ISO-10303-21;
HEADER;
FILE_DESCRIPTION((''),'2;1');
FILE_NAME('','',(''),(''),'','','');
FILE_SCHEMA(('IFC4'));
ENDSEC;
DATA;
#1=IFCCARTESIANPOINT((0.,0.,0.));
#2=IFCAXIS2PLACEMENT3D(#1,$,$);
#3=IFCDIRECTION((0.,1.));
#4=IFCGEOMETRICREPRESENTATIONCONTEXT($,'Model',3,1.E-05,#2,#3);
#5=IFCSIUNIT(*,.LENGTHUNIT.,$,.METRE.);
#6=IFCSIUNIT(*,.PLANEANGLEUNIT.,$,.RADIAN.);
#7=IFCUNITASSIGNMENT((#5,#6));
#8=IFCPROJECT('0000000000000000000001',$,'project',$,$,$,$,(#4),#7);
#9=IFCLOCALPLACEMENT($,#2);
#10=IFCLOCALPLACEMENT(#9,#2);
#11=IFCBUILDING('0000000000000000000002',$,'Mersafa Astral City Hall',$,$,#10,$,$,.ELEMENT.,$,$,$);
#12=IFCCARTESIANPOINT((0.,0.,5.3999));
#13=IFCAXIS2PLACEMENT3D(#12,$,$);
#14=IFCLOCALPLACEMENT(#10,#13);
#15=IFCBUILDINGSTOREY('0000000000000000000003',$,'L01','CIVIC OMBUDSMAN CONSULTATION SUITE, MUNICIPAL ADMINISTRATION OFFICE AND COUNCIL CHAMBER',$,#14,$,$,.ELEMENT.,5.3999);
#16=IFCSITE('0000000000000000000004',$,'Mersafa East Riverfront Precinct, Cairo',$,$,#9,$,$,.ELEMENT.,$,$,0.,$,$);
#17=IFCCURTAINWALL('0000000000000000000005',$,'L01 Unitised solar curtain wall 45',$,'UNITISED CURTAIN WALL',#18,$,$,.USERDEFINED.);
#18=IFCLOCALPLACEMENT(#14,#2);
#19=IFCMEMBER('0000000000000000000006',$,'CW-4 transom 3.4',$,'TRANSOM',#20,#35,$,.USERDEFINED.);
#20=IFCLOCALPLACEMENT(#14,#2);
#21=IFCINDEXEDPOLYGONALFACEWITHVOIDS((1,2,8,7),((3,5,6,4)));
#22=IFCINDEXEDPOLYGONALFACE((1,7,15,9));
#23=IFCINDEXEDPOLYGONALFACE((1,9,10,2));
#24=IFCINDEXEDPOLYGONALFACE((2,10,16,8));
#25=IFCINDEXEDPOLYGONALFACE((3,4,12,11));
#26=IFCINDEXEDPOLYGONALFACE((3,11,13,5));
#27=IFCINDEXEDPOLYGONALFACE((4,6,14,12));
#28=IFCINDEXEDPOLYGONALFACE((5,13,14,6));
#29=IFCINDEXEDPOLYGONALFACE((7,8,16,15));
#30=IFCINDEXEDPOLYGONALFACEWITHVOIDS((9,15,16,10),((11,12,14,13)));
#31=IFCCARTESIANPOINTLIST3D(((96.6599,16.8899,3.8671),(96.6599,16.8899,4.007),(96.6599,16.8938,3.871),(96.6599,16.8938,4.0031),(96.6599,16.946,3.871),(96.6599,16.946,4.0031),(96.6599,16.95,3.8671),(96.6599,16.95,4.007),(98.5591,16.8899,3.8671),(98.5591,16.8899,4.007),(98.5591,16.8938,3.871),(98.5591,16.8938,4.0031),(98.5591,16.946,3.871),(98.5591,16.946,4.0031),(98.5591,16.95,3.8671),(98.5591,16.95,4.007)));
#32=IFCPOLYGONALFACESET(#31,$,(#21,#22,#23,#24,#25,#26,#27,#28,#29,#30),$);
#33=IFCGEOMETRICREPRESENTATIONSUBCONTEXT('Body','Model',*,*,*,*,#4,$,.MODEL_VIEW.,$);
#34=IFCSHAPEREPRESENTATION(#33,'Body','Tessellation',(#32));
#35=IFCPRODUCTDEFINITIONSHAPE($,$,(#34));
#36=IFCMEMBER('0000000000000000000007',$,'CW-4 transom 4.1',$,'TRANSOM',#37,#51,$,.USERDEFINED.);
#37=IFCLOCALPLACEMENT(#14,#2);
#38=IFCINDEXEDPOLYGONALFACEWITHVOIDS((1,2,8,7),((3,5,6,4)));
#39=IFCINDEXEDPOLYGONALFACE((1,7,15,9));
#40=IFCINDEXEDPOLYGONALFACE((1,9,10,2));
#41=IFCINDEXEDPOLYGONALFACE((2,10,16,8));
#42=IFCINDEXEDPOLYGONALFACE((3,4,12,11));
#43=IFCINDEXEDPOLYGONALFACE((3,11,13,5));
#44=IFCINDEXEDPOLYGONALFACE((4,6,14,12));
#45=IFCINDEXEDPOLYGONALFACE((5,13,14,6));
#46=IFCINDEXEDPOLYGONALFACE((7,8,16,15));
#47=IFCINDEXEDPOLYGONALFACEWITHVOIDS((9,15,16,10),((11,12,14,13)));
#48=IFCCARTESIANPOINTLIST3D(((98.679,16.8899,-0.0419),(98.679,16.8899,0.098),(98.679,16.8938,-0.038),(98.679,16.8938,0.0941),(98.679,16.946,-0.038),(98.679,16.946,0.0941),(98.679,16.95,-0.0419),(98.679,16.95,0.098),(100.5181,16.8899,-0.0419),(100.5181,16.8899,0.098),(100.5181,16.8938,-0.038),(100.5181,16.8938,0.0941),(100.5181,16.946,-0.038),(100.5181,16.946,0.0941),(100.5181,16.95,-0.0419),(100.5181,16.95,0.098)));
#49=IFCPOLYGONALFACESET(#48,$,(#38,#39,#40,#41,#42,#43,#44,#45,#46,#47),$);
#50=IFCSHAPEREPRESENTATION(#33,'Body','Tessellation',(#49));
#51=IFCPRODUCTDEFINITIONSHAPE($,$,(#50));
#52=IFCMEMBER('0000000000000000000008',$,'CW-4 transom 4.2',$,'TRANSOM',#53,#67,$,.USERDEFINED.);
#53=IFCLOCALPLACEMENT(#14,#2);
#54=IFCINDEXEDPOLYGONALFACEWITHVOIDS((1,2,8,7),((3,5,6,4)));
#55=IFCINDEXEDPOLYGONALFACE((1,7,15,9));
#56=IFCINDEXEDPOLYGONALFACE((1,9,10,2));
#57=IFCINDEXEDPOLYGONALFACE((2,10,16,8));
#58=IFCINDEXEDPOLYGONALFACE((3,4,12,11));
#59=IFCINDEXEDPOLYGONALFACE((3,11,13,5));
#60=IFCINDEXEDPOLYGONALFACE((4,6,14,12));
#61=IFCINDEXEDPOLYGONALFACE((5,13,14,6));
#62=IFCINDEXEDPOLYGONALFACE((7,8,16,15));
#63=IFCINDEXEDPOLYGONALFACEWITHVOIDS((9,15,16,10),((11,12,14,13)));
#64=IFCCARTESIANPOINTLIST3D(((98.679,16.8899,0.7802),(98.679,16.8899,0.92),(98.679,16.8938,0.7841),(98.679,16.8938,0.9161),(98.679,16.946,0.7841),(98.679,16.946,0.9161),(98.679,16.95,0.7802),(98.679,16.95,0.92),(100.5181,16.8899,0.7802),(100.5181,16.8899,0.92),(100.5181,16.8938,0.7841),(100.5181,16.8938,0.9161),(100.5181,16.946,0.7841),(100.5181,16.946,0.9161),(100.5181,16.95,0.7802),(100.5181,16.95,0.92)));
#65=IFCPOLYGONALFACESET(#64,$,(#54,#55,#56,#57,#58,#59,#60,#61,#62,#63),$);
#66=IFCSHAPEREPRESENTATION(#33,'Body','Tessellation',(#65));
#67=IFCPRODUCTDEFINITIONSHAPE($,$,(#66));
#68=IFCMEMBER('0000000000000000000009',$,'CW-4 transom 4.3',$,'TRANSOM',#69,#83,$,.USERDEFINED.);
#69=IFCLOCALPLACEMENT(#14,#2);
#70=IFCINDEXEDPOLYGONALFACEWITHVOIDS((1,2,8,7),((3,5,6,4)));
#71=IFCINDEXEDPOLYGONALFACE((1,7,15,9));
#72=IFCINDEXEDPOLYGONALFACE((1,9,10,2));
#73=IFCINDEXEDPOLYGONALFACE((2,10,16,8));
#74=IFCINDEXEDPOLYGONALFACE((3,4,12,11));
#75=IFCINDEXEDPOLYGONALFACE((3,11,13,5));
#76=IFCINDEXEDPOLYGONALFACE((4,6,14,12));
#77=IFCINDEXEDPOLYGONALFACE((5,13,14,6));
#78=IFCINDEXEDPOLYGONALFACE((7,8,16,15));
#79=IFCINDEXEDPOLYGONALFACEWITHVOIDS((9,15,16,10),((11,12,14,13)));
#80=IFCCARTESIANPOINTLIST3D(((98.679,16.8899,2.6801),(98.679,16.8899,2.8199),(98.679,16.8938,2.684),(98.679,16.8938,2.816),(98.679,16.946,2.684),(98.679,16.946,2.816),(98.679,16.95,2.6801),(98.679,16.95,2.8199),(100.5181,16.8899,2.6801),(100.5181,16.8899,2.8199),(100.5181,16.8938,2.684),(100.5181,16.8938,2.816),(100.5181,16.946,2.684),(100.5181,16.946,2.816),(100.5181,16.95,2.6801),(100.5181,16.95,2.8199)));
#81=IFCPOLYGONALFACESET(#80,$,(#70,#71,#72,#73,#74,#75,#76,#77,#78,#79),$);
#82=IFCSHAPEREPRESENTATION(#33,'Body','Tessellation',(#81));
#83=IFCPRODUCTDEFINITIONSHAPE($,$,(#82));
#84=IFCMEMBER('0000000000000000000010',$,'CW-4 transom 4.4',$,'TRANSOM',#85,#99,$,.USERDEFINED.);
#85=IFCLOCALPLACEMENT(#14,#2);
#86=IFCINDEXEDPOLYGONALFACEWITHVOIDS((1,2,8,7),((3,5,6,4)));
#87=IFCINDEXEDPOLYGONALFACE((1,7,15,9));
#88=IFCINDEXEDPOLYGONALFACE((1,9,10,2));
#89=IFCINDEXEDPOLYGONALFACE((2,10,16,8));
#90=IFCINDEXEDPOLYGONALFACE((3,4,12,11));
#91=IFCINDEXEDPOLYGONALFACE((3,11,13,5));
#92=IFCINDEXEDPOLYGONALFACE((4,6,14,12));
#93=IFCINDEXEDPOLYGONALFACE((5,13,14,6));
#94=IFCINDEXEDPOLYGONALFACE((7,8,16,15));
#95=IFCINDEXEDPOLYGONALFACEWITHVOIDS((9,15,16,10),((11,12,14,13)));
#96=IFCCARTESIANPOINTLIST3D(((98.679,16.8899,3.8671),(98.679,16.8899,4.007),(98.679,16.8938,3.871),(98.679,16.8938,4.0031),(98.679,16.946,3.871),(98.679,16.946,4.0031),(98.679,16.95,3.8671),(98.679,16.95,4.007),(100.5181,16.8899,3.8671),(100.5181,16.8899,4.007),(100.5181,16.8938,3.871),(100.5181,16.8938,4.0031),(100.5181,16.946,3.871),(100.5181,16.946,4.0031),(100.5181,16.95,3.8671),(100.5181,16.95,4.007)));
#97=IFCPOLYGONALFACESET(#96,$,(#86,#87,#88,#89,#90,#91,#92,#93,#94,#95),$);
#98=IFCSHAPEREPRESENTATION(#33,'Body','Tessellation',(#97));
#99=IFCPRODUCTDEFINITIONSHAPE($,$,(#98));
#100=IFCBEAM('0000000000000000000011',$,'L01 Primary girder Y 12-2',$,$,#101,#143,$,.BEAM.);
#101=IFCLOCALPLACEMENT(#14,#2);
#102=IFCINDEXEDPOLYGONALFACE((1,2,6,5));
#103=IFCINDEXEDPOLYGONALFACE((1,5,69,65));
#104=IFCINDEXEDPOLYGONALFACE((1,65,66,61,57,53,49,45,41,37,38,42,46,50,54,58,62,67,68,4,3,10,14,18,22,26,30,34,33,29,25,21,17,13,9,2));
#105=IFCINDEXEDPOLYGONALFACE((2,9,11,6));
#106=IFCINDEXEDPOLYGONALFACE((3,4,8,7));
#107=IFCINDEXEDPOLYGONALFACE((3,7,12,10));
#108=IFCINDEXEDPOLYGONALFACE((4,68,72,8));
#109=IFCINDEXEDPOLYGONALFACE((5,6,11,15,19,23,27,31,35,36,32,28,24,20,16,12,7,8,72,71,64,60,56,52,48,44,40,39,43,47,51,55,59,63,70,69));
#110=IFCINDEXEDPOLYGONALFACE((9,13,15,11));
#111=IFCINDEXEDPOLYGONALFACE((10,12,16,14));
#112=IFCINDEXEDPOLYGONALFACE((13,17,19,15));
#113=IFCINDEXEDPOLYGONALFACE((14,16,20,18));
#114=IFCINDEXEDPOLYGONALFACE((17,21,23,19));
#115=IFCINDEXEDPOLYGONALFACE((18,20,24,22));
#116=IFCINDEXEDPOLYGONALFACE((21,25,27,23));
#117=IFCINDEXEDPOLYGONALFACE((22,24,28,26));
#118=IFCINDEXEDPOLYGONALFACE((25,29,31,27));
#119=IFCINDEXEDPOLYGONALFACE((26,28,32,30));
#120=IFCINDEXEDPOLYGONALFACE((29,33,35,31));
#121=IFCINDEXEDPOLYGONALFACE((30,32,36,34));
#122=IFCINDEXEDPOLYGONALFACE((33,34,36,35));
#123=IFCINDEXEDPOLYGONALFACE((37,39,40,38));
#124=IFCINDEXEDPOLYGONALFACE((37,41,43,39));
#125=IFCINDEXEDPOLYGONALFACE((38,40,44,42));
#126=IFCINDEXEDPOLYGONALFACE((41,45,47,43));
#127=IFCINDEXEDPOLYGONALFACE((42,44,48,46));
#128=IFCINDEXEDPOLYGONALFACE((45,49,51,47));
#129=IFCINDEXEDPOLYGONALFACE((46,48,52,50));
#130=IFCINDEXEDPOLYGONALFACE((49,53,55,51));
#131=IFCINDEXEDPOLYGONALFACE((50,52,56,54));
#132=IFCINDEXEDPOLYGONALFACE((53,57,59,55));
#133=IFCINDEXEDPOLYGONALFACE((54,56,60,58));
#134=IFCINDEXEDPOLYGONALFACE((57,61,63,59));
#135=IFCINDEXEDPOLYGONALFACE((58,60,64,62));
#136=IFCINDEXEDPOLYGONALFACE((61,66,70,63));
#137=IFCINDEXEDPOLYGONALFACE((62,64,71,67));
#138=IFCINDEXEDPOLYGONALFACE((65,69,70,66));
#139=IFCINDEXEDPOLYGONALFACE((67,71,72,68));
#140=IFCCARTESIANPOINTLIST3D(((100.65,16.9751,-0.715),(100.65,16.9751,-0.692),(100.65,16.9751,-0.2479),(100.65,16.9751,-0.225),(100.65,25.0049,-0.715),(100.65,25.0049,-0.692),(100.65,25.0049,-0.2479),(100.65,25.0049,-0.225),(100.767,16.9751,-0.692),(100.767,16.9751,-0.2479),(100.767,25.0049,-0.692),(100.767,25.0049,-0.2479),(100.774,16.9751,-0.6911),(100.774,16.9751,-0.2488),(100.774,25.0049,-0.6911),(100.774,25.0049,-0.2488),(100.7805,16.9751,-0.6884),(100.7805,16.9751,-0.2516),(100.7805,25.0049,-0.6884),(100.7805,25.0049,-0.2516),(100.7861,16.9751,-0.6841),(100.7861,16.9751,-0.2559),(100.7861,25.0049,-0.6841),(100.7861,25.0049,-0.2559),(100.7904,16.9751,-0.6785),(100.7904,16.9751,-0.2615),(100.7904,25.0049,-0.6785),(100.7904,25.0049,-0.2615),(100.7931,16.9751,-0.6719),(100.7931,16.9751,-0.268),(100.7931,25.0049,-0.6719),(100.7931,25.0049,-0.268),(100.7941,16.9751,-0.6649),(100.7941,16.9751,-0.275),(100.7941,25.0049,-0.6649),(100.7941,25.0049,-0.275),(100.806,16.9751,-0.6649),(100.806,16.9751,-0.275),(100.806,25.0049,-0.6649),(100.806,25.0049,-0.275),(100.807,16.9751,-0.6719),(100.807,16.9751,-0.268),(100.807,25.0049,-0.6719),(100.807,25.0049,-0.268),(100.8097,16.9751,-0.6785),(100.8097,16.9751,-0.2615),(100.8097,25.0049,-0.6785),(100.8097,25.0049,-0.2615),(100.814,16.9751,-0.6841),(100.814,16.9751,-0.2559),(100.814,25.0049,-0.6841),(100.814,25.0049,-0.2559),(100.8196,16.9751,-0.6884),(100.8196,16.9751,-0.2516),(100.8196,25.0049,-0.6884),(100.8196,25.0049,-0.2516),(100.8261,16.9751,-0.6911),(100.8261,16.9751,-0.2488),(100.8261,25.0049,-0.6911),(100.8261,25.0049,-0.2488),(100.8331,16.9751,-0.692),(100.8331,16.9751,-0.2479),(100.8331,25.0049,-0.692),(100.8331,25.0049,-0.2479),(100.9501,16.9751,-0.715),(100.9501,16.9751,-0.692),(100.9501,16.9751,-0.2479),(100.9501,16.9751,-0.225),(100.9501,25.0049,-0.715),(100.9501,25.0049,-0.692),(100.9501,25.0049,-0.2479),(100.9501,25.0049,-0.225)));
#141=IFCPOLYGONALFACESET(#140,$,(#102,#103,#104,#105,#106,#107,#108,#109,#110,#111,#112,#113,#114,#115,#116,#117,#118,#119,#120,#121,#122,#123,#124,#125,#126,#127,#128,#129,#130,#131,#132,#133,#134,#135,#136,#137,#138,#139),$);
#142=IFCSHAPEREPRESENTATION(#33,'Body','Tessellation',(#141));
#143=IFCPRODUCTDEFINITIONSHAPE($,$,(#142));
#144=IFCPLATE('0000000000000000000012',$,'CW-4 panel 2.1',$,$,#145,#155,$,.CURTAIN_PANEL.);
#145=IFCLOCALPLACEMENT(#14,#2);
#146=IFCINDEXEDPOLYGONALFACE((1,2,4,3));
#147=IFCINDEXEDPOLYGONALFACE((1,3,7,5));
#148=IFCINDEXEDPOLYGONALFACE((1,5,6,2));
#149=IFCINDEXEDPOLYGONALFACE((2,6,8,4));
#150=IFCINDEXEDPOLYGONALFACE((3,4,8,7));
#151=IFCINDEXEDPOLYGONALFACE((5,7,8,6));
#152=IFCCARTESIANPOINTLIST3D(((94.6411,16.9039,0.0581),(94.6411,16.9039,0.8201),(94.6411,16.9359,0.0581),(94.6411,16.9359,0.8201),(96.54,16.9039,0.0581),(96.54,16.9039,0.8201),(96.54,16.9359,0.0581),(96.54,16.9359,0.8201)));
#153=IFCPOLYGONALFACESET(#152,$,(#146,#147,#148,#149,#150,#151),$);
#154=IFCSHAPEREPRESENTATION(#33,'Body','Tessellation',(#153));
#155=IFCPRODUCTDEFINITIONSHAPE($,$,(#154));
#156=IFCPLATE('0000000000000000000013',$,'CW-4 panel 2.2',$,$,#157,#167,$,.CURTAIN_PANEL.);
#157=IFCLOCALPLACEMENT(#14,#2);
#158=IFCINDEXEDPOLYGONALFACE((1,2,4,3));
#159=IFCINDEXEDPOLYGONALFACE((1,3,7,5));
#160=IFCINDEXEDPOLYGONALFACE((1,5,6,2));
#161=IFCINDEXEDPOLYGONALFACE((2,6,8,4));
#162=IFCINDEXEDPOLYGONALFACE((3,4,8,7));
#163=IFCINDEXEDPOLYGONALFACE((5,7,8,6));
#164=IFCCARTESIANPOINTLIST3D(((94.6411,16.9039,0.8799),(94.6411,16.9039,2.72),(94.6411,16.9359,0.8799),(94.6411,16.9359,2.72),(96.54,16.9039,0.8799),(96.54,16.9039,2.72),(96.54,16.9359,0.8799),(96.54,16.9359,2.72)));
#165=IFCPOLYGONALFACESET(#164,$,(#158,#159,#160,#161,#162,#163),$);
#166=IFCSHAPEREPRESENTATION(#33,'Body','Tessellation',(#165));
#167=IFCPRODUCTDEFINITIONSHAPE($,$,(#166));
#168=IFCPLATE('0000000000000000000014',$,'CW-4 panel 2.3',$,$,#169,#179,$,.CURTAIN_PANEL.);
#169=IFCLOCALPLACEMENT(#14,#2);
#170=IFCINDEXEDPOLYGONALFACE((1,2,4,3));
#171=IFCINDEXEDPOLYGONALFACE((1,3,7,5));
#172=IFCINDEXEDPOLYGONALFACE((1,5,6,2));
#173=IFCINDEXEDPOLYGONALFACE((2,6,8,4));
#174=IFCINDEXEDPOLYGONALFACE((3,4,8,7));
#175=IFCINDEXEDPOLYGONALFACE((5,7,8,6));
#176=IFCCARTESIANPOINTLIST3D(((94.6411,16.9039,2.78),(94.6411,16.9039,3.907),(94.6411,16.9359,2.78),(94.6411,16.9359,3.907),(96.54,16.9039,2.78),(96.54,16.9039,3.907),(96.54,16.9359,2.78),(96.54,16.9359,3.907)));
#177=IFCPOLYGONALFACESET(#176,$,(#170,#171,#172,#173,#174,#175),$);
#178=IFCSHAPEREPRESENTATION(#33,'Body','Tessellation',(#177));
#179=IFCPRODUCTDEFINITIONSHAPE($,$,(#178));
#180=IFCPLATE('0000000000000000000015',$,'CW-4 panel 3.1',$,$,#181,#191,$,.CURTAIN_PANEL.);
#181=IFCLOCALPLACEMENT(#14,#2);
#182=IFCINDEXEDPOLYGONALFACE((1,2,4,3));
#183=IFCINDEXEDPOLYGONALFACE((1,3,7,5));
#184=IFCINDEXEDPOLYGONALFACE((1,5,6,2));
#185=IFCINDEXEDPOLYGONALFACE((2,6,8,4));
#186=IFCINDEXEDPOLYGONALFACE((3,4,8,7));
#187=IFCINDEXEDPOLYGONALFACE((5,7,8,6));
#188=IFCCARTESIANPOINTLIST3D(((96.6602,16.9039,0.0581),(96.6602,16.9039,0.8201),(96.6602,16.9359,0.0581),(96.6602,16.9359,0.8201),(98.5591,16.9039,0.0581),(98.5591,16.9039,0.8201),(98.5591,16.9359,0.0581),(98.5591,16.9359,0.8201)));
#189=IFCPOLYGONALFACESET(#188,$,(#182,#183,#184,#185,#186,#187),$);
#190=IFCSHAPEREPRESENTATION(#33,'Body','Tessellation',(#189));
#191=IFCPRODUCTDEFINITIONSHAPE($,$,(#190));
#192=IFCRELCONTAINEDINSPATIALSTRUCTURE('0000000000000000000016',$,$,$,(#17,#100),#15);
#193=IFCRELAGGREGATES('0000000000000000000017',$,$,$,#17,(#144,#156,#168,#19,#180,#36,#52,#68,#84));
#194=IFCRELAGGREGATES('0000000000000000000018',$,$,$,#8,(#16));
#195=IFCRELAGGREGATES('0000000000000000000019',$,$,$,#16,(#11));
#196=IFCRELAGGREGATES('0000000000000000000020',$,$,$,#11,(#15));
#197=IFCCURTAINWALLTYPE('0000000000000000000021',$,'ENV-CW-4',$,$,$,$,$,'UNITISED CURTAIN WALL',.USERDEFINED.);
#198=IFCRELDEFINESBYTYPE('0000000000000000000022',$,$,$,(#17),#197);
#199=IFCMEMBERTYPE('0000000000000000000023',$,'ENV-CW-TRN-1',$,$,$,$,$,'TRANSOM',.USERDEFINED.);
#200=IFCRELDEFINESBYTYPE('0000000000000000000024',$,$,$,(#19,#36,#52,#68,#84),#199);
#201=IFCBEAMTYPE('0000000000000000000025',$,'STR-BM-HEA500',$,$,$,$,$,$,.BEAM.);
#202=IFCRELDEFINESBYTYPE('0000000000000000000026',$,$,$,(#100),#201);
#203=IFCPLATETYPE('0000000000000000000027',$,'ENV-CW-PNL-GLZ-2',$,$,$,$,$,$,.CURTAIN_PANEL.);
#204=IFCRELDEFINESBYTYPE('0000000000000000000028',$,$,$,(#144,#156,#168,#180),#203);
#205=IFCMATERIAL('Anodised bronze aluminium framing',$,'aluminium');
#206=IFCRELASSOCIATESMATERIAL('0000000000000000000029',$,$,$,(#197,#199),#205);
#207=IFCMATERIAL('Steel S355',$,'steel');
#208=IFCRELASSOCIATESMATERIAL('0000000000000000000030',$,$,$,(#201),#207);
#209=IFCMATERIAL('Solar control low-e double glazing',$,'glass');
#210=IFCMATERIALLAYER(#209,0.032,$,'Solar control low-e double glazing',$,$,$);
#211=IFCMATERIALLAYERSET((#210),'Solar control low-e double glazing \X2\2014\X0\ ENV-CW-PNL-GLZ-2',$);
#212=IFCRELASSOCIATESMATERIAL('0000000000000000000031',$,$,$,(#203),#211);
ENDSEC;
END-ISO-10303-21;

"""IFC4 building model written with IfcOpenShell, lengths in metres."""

from ifc_helpers import new_model, si_unit, direction, frame, origin, origin_2d, place, context, subcontext, project, spatial, rectangle, hollow_rectangle, i_section, extrude, material, layer, layer_set, material_profile, profile_set, type_object, element, aggregate, save


model = new_model("IFC4")

# Units and contexts
model_context = context("Model", 3, precision=1e-05, world=origin(), true_north=direction((0.0, 1.0)))
body_context = subcontext(model_context, "Body", "Model", "MODEL_VIEW")
ifc_project = project(units=[si_unit("LENGTHUNIT", "METRE"), si_unit("PLANEANGLEUNIT", "RADIAN")], contexts=[model_context])

# Site, building, storey
site_placement = place(None, origin())
site = spatial("IfcSite", under=ifc_project, at=site_placement, Name="Mersafa East Riverfront Precinct, Cairo", CompositionType="ELEMENT", RefElevation=0.0)
building_placement = place(site_placement, origin())
building = spatial("IfcBuilding", under=site, at=building_placement, Name="Mersafa Astral City Hall", CompositionType="ELEMENT")
storey_placement = place(building_placement, frame((0.0, 0.0, 5.3999)))
storey = spatial("IfcBuildingStorey", under=building, at=storey_placement, Name="L01", Description="CIVIC OMBUDSMAN CONSULTATION SUITE, MUNICIPAL ADMINISTRATION OFFICE AND COUNCIL CHAMBER", CompositionType="ELEMENT", Elevation=5.3999)

# Curtain wall, members
ifc_material_1 = material(Name="Anodised bronze aluminium framing", Category="aluminium")
curtain_wall_type = type_object("IfcCurtainWallType", Name="ENV-CW-4", ElementType="UNITISED CURTAIN WALL", PredefinedType="USERDEFINED", material=ifc_material_1)
curtain_wall_placement = place(storey_placement, origin())
curtain_wall = element("IfcCurtainWall", 1, at=curtain_wall_placement, inside=storey, type_object=curtain_wall_type, Name="L01 Unitised solar curtain wall 45", ObjectType="UNITISED CURTAIN WALL", PredefinedType="USERDEFINED")
ifc_material_profile_1 = material_profile(ifc_material_1, hollow_rectangle(XDim=0.0601, YDim=0.1399, WallThickness=0.0039, at=origin_2d()), Name="RHS 60x140x4")
ifc_profile_set_1 = profile_set([ifc_material_profile_1], Name="Anodised bronze aluminium framing")
member_type_1 = type_object("IfcMemberType", Name="ENV-CW-TRN-1", ElementType="TRANSOM", PredefinedType="USERDEFINED", material=ifc_profile_set_1)
member_1_placement = place(storey_placement, frame((96.6599, 16.9199, 3.937), z_axis=(1.0, 0.0, 0.0), x_axis=(0.0, 1.0, 0.0)))
member_1 = element("IfcMember", 2, at=member_1_placement, type_object=member_type_1, Name="CW-4 transom 3.4", ObjectType="TRANSOM", PredefinedType="USERDEFINED", context=body_context, shape_type="SweptSolid", body=[
    extrude(hollow_rectangle(XDim=0.0601, YDim=0.1399, WallThickness=0.0039, at=origin_2d()), origin(), (0.0, 0.0, 1.0), 1.8992),
])
member_2_placement = place(storey_placement, frame((98.679, 16.9199, 0.0281), z_axis=(1.0, 0.0, 0.0), x_axis=(0.0, 1.0, 0.0)))
member_2 = element("IfcMember", 3, at=member_2_placement, type_object=member_type_1, Name="CW-4 transom 4.1", ObjectType="TRANSOM", PredefinedType="USERDEFINED", context=body_context, shape_type="SweptSolid", body=[
    extrude(hollow_rectangle(XDim=0.0601, YDim=0.1399, WallThickness=0.0039, at=origin_2d()), origin(), (0.0, 0.0, 1.0), 1.8391),
])
member_3_placement = place(storey_placement, frame((98.679, 16.9199, 0.8501), z_axis=(1.0, 0.0, 0.0), x_axis=(0.0, 1.0, 0.0)))
member_3 = element("IfcMember", 4, at=member_3_placement, type_object=member_type_1, Name="CW-4 transom 4.2", ObjectType="TRANSOM", PredefinedType="USERDEFINED", context=body_context, shape_type="SweptSolid", body=[
    extrude(hollow_rectangle(XDim=0.0601, YDim=0.1399, WallThickness=0.0039, at=origin_2d()), origin(), (0.0, 0.0, 1.0), 1.8391),
])
member_4_placement = place(storey_placement, frame((98.679, 16.9199, 2.75), z_axis=(1.0, 0.0, 0.0), x_axis=(0.0, 1.0, 0.0)))
member_4 = element("IfcMember", 5, at=member_4_placement, type_object=member_type_1, Name="CW-4 transom 4.3", ObjectType="TRANSOM", PredefinedType="USERDEFINED", context=body_context, shape_type="SweptSolid", body=[
    extrude(hollow_rectangle(XDim=0.0601, YDim=0.1399, WallThickness=0.0039, at=origin_2d()), origin(), (0.0, 0.0, 1.0), 1.8391),
])
member_5_placement = place(storey_placement, frame((98.679, 16.9199, 3.937), z_axis=(1.0, 0.0, 0.0), x_axis=(0.0, 1.0, 0.0)))
member_5 = element("IfcMember", 6, at=member_5_placement, type_object=member_type_1, Name="CW-4 transom 4.4", ObjectType="TRANSOM", PredefinedType="USERDEFINED", context=body_context, shape_type="SweptSolid", body=[
    extrude(hollow_rectangle(XDim=0.0601, YDim=0.1399, WallThickness=0.0039, at=origin_2d()), origin(), (0.0, 0.0, 1.0), 1.8391),
])

# Beam
ifc_material_2 = material(Name="Steel S355", Category="steel")
ifc_material_profile_2 = material_profile(ifc_material_2, i_section(OverallWidth=0.3, OverallDepth=0.49, WebThickness=0.012, FlangeThickness=0.0229, FilletRadius=0.0271, at=origin_2d()), Name="HEA 500")
ifc_profile_set_2 = profile_set([ifc_material_profile_2], Name="Steel S355")
beam_type = type_object("IfcBeamType", Name="STR-BM-HEA500", PredefinedType="BEAM", material=ifc_profile_set_2)
beam_placement = place(storey_placement, frame((100.8, 16.9751, -0.47), z_axis=(0.0, 1.0, 0.0), x_axis=(-1.0, 0.0, 0.0)))
element("IfcBeam", 7, at=beam_placement, inside=storey, type_object=beam_type, Name="L01 Primary girder Y 12-2", PredefinedType="BEAM", context=body_context, shape_type="SweptSolid", body=[
    extrude(i_section(OverallWidth=0.3, OverallDepth=0.49, WebThickness=0.012, FlangeThickness=0.0229, FilletRadius=0.0271, at=origin_2d()), origin(), (0.0, 0.0, 1.0), 8.0298),
])

# Plates
ifc_material_3 = material(Name="Solar control low-e double glazing", Category="glass")
ifc_layer_1 = layer(ifc_material_3, 0.032, Name="Solar control low-e double glazing")
ifc_layer_set_1 = layer_set([ifc_layer_1], Name="Solar control low-e double glazing — ENV-CW-PNL-GLZ-2")
plate_type = type_object("IfcPlateType", Name="ENV-CW-PNL-GLZ-2", PredefinedType="CURTAIN_PANEL", material=ifc_layer_set_1)
plate_1_placement = place(storey_placement, frame((95.5906, 16.9199, 0.0581), z_axis=(0.0, 0.0, 1.0), x_axis=(1.0, 0.0, 0.0)))
plate_1 = element("IfcPlate", 8, at=plate_1_placement, type_object=plate_type, Name="CW-4 panel 2.1", PredefinedType="CURTAIN_PANEL", context=body_context, shape_type="SweptSolid", body=[
    extrude(rectangle(XDim=1.8989, YDim=0.032, at=origin_2d()), origin(), (0.0, 0.0, 1.0), 0.762),
])
plate_2_placement = place(storey_placement, frame((95.5906, 16.9199, 0.8799), z_axis=(0.0, 0.0, 1.0), x_axis=(1.0, 0.0, 0.0)))
plate_2 = element("IfcPlate", 9, at=plate_2_placement, type_object=plate_type, Name="CW-4 panel 2.2", PredefinedType="CURTAIN_PANEL", context=body_context, shape_type="SweptSolid", body=[
    extrude(rectangle(XDim=1.8989, YDim=0.032, at=origin_2d()), origin(), (0.0, 0.0, 1.0), 1.8401),
])
plate_3_placement = place(storey_placement, frame((95.5906, 16.9199, 2.78), z_axis=(0.0, 0.0, 1.0), x_axis=(1.0, 0.0, 0.0)))
plate_3 = element("IfcPlate", 10, at=plate_3_placement, type_object=plate_type, Name="CW-4 panel 2.3", PredefinedType="CURTAIN_PANEL", context=body_context, shape_type="SweptSolid", body=[
    extrude(rectangle(XDim=1.8989, YDim=0.032, at=origin_2d()), origin(), (0.0, 0.0, 1.0), 1.127),
])
plate_4_placement = place(storey_placement, frame((97.6096, 16.9199, 0.0581), z_axis=(0.0, 0.0, 1.0), x_axis=(1.0, 0.0, 0.0)))
plate_4 = element("IfcPlate", 11, at=plate_4_placement, type_object=plate_type, Name="CW-4 panel 3.1", PredefinedType="CURTAIN_PANEL", context=body_context, shape_type="SweptSolid", body=[
    extrude(rectangle(XDim=1.8989, YDim=0.032, at=origin_2d()), origin(), (0.0, 0.0, 1.0), 0.762),
])
aggregate(curtain_wall, [plate_1, plate_2, plate_3, member_1, plate_4, member_2, member_3, member_4, member_5])

save(model, "model.ifc")
